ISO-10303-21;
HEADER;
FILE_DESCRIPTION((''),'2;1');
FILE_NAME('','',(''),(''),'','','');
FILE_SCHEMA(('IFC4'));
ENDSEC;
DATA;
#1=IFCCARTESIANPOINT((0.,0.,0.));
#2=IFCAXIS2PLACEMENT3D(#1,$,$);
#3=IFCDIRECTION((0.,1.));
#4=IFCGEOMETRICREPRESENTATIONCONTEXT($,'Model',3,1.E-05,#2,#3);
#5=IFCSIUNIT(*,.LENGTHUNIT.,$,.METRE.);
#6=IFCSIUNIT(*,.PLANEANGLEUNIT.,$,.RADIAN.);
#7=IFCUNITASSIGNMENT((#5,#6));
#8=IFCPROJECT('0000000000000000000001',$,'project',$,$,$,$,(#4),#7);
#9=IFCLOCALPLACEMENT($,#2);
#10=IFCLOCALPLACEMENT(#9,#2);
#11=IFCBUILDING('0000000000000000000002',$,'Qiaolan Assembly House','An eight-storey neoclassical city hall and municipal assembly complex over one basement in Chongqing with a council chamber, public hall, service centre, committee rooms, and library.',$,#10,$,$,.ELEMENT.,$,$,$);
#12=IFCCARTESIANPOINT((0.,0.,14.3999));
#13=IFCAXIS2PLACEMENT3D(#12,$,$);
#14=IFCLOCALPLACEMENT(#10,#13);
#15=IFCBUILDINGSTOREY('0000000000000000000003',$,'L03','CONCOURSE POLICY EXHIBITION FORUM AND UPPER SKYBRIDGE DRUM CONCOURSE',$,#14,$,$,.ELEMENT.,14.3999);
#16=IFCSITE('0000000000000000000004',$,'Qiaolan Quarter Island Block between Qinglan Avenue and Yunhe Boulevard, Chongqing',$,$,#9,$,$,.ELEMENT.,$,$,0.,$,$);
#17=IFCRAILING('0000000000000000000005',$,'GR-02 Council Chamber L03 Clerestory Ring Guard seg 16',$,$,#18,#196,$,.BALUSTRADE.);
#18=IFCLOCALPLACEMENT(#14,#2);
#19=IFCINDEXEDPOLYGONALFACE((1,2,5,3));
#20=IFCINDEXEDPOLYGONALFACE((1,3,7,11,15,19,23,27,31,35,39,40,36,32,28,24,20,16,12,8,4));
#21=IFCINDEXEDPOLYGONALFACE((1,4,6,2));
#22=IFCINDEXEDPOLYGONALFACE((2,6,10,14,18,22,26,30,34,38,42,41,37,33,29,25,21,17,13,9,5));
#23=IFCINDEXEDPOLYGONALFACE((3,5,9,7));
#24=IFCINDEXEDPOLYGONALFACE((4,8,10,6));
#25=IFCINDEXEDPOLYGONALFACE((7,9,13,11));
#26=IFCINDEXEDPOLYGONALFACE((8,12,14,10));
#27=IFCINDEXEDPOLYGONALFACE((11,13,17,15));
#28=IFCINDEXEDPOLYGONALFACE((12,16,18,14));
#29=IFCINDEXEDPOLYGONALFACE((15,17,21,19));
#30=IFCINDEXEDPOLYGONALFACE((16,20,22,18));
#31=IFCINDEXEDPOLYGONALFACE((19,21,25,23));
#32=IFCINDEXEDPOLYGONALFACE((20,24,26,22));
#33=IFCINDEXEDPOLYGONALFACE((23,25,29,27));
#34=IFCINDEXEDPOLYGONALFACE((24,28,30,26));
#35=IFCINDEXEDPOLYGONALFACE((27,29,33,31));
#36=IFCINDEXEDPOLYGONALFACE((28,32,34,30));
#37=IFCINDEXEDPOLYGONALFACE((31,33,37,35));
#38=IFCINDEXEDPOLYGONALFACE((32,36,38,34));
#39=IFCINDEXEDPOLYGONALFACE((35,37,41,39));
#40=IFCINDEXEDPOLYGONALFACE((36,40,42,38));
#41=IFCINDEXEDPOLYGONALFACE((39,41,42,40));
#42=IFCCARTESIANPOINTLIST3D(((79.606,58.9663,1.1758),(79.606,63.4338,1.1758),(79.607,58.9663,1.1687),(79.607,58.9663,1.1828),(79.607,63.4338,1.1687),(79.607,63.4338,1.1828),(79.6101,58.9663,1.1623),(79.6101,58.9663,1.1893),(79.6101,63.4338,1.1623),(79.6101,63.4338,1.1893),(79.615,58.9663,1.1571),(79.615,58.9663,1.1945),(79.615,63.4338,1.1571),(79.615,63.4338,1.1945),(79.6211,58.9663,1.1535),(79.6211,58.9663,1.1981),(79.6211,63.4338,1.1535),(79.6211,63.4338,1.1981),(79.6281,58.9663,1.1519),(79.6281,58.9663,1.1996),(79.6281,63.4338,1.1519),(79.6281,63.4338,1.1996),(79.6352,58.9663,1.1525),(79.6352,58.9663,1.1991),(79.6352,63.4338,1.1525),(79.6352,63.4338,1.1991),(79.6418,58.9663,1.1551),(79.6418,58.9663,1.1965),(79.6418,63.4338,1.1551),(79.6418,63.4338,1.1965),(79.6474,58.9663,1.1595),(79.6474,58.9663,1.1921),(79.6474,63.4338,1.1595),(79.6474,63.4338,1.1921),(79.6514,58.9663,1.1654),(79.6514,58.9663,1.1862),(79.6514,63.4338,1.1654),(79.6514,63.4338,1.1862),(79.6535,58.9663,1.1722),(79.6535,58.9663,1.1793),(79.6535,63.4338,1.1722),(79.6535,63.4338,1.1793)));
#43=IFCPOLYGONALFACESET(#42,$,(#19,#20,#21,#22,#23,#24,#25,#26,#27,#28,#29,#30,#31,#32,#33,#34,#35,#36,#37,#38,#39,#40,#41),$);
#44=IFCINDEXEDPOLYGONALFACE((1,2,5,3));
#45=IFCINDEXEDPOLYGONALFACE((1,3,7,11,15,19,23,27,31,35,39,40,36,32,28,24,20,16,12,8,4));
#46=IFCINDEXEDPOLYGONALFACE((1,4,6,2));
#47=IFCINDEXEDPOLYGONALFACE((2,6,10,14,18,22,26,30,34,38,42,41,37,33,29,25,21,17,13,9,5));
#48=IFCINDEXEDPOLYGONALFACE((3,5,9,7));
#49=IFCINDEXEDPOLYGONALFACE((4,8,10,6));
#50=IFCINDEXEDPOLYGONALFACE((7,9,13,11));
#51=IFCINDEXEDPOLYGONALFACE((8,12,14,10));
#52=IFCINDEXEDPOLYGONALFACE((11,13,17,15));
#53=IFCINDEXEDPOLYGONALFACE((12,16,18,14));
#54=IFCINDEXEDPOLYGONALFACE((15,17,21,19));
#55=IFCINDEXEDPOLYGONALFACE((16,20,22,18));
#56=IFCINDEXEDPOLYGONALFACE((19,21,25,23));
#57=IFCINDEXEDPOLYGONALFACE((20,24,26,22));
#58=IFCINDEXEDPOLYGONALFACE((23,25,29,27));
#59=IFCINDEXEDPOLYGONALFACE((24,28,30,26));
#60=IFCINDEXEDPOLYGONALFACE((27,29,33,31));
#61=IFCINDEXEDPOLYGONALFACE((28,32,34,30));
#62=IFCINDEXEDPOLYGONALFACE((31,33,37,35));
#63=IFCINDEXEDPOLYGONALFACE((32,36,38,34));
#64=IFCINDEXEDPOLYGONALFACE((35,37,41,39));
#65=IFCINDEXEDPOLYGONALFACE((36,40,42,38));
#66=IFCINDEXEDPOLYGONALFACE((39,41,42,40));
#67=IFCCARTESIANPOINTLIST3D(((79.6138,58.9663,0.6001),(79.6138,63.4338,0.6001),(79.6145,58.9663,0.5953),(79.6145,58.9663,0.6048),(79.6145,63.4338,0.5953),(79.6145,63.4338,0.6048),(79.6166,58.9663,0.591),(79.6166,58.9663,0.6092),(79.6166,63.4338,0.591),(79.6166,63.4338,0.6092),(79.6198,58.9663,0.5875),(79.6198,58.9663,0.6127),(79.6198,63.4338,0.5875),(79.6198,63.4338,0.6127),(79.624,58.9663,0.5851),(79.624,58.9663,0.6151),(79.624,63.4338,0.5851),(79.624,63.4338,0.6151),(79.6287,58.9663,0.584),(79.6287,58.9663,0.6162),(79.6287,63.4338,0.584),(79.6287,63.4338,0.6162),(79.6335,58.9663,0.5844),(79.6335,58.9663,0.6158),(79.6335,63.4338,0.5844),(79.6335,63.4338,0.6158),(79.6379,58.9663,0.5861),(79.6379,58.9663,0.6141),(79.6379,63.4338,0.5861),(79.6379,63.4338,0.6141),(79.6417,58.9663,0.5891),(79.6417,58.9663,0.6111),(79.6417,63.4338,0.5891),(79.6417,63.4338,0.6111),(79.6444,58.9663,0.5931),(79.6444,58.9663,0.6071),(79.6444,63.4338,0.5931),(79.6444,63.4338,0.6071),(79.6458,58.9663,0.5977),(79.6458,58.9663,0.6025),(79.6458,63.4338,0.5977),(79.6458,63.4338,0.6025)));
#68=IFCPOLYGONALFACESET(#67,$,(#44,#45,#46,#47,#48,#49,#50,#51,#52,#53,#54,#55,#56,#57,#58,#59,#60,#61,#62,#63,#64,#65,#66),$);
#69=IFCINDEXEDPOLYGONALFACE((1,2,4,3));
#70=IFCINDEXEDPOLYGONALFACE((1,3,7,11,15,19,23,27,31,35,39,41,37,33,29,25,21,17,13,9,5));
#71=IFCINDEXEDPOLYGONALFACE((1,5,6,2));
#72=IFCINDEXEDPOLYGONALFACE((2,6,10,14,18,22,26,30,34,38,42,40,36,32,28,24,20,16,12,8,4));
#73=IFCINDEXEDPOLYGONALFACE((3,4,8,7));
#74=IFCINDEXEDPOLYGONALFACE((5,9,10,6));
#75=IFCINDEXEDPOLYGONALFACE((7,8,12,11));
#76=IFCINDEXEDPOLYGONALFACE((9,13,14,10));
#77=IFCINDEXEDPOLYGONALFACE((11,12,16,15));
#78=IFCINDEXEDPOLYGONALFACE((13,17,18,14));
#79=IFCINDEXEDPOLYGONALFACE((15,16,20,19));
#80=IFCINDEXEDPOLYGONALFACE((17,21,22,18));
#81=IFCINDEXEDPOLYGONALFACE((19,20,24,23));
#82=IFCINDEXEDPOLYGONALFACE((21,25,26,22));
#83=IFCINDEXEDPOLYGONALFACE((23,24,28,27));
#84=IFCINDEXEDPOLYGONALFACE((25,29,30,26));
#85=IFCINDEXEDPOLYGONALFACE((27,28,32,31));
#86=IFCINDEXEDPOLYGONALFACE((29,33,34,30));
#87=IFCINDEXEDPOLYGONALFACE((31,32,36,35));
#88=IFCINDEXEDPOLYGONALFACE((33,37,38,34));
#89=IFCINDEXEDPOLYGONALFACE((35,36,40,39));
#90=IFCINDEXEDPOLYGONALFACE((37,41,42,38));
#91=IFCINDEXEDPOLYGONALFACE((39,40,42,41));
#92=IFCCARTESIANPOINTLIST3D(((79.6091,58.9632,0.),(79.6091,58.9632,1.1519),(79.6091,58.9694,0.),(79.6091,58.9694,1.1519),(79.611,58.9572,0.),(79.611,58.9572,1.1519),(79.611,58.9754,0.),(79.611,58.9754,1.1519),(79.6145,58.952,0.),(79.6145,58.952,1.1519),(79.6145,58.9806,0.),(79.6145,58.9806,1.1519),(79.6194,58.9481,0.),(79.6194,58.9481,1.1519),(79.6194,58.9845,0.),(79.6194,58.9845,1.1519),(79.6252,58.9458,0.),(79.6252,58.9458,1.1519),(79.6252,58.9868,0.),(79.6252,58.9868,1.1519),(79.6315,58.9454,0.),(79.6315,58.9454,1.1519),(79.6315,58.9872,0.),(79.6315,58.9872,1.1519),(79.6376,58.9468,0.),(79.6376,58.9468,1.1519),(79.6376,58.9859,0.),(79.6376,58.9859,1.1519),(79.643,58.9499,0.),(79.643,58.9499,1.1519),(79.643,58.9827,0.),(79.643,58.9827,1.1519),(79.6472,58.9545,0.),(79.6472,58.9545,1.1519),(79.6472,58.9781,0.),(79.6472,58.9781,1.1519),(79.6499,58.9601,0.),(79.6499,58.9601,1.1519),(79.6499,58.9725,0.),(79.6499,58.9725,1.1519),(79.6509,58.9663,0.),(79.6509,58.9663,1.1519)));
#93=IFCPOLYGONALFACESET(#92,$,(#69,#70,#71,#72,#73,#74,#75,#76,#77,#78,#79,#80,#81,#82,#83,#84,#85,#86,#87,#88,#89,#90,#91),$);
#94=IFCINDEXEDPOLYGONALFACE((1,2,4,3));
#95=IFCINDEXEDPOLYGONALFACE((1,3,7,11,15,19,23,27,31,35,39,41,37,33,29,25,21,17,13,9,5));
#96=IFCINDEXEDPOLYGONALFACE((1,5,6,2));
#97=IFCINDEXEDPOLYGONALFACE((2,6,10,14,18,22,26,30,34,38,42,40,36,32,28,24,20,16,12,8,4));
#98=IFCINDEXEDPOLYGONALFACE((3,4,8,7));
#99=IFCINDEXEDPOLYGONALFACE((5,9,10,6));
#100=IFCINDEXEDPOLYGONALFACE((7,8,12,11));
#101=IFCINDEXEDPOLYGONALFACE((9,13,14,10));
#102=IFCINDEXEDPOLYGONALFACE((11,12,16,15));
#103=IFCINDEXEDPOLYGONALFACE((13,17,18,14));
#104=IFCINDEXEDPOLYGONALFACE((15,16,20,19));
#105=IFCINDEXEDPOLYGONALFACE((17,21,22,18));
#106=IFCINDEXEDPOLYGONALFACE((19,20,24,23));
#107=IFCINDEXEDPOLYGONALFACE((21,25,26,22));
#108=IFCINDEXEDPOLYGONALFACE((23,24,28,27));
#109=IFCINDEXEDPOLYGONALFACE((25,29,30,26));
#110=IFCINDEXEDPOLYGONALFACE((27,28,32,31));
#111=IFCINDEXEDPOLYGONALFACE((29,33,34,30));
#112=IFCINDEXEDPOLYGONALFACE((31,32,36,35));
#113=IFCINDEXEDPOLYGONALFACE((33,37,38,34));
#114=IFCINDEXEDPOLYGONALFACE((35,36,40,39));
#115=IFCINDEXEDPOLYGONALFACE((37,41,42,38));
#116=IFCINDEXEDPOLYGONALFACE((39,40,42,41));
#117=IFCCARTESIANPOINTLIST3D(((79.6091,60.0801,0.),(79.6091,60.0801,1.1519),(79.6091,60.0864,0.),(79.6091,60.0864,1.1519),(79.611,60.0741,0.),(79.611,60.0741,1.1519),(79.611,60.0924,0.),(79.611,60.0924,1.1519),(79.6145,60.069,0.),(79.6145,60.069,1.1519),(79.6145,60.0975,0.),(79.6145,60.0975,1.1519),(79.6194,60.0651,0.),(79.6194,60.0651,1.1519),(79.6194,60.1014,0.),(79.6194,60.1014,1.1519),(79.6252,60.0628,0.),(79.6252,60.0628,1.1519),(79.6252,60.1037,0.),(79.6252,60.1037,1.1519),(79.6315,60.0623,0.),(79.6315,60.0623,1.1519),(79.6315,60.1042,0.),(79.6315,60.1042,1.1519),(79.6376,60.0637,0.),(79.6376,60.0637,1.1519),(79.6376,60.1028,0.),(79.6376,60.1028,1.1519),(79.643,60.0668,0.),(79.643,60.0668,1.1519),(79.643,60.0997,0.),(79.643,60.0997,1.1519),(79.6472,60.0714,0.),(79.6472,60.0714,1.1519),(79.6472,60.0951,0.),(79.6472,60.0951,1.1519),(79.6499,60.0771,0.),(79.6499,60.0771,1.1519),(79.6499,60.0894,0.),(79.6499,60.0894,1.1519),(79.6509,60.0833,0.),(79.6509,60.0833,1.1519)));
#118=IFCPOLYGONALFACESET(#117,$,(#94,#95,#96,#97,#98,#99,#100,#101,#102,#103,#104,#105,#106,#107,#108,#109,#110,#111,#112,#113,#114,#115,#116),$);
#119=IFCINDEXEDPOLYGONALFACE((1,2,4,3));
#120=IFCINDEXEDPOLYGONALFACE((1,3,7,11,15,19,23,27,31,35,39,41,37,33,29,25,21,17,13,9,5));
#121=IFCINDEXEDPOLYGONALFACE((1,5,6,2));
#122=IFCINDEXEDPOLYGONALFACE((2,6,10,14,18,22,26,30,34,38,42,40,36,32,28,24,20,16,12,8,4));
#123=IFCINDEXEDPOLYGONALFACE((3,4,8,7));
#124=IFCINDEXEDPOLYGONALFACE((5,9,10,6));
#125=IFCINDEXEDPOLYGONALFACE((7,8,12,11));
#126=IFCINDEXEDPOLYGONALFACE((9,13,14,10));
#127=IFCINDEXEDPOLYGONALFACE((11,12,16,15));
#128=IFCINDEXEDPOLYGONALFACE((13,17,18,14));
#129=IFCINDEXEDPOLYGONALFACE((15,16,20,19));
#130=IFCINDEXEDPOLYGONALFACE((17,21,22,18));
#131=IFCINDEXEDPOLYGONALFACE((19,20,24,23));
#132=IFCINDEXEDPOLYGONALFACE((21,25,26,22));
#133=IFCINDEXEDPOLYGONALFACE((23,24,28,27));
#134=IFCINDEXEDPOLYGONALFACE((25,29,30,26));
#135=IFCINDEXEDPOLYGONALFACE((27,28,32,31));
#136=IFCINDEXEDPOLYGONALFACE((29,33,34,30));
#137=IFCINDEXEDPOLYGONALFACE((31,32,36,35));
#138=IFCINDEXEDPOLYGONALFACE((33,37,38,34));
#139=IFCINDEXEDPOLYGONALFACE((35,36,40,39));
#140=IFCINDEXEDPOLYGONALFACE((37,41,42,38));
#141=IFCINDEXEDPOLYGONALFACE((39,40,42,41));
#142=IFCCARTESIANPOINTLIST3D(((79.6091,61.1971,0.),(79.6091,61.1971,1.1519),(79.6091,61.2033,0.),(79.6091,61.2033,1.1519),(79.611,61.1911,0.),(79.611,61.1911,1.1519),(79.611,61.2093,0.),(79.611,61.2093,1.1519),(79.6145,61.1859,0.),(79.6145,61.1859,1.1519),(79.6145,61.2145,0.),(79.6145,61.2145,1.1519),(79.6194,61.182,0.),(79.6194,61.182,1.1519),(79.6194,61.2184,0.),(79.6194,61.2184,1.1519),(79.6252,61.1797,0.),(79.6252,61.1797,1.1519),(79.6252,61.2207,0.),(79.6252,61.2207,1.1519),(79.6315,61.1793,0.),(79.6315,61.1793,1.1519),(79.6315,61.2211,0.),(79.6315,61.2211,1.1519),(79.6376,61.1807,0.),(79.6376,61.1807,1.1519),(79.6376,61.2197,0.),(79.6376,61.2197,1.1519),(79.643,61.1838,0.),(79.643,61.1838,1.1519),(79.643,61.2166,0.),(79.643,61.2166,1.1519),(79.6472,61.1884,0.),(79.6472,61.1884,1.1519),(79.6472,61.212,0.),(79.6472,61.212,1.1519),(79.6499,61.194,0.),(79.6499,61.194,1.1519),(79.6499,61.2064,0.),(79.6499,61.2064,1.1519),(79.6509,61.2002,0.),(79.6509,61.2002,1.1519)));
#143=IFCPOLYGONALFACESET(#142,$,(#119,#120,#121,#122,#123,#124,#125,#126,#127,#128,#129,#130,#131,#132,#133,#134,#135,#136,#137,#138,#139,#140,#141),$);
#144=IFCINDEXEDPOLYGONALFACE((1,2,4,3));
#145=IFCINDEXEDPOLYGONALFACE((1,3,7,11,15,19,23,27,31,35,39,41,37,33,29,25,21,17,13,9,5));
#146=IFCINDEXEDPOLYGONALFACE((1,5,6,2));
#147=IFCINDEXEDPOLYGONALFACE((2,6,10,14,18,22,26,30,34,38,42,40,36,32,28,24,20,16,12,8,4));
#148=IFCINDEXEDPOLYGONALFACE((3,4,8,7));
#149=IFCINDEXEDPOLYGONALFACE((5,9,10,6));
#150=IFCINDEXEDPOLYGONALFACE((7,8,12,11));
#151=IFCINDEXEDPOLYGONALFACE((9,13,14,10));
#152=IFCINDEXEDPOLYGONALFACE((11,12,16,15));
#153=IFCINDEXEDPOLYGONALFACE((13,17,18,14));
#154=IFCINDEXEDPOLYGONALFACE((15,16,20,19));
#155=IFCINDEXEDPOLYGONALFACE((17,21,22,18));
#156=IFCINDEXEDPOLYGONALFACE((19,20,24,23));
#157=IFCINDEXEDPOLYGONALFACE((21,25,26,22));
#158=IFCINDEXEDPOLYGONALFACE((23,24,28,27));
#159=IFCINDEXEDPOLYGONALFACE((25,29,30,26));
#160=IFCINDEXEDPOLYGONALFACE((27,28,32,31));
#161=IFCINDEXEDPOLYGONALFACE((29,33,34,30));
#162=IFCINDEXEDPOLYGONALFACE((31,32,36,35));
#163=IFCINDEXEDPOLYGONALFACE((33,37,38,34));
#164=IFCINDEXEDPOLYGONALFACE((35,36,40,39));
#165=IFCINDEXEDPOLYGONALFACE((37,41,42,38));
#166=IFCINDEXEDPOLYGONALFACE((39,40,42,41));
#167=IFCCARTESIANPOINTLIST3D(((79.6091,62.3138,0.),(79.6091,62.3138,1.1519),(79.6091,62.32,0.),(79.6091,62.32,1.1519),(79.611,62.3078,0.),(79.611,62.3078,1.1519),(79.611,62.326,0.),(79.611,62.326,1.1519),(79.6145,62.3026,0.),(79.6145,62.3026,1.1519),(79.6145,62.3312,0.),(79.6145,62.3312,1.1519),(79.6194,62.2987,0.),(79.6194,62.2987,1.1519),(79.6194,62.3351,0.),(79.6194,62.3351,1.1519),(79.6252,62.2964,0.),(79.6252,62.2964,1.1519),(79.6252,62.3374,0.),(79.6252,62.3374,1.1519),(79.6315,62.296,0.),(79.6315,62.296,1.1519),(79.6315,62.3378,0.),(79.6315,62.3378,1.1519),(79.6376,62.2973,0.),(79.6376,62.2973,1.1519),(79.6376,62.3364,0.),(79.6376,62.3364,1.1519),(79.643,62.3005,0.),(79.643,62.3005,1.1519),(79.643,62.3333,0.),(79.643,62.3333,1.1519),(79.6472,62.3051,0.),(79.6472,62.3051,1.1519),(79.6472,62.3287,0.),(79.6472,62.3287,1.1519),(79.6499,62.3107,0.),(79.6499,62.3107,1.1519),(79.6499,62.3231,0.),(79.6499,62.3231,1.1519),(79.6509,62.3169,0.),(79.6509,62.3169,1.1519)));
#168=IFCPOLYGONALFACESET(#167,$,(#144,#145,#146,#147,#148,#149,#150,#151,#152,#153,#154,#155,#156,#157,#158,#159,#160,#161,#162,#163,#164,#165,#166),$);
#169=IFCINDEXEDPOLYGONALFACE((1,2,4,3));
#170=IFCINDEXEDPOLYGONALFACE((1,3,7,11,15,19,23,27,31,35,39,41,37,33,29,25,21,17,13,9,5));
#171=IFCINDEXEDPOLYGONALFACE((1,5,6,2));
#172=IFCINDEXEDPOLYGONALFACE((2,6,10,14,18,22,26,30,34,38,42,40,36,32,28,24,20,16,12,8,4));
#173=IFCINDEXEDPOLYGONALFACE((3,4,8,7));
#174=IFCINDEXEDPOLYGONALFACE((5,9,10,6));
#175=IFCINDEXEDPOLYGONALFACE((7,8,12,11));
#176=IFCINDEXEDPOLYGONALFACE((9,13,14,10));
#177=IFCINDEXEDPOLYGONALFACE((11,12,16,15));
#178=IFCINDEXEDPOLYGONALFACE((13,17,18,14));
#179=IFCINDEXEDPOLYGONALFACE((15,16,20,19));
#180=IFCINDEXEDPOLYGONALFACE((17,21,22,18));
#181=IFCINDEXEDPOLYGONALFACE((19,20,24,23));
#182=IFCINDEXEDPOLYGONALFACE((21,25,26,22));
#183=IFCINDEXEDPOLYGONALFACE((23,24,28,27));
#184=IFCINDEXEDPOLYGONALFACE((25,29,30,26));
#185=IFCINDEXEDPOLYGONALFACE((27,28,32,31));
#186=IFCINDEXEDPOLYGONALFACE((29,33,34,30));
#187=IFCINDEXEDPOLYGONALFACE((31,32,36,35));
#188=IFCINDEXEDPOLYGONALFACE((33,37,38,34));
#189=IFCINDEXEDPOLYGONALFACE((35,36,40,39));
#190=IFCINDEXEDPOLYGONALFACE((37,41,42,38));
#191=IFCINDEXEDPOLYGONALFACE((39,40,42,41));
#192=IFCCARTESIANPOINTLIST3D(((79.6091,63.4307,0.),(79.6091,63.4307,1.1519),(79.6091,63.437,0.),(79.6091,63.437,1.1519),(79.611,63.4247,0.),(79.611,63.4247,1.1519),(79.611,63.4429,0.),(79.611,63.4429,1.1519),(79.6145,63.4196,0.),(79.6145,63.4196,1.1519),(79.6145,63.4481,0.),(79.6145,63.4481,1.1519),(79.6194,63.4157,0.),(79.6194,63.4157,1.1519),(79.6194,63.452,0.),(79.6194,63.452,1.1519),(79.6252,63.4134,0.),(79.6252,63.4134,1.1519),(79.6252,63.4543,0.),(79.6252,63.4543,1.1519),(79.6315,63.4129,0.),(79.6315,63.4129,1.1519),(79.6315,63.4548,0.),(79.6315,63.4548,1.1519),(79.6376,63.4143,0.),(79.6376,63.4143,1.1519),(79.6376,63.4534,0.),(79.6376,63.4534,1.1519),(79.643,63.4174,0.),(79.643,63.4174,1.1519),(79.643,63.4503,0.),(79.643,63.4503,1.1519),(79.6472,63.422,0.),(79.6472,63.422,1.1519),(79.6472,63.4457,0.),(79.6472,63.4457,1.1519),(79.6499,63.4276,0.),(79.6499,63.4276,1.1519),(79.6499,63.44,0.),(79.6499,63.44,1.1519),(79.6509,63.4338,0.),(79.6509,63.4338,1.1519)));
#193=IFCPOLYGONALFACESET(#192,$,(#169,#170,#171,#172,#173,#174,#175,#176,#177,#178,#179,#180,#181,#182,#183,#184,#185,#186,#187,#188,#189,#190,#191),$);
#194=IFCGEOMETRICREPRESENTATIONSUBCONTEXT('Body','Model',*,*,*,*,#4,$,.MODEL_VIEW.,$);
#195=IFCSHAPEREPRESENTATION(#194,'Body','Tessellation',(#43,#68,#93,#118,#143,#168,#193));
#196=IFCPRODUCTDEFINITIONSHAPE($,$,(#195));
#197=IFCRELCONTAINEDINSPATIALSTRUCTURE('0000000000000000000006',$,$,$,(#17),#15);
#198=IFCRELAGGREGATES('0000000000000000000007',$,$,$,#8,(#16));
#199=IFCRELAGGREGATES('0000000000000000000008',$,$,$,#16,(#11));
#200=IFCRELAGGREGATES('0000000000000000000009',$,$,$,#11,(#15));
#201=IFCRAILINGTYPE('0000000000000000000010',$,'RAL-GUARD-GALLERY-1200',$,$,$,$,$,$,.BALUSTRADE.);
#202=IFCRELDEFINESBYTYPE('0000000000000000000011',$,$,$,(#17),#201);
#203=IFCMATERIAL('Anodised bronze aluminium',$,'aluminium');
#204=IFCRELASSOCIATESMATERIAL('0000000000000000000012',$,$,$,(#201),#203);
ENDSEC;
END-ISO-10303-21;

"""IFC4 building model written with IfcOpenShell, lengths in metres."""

from ifc_helpers import new_model, si_unit, direction, frame, origin, origin_2d, place, context, subcontext, project, spatial, circle, extrude, material, type_object, element, save


model = new_model("IFC4")

# Units and contexts
model_context = context("Model", 3, precision=1e-05, world=origin(), true_north=direction((0.0, 1.0)))
body_context = subcontext(model_context, "Body", "Model", "MODEL_VIEW")
ifc_project = project(units=[si_unit("LENGTHUNIT", "METRE"), si_unit("PLANEANGLEUNIT", "RADIAN")], contexts=[model_context])

# Site, building, storey
site_placement = place(None, origin())
site = spatial("IfcSite", under=ifc_project, at=site_placement, Name="Qiaolan Quarter Island Block between Qinglan Avenue and Yunhe Boulevard, Chongqing", CompositionType="ELEMENT", RefElevation=0.0)
building_placement = place(site_placement, origin())
building = spatial("IfcBuilding", under=site, at=building_placement, Name="Qiaolan Assembly House", Description="An eight-storey neoclassical city hall and municipal assembly complex over one basement in Chongqing with a council chamber, public hall, service centre, committee rooms, and library.", CompositionType="ELEMENT")
storey_placement = place(building_placement, frame((0.0, 0.0, 14.3999)))
storey = spatial("IfcBuildingStorey", under=building, at=storey_placement, Name="L03", Description="CONCOURSE POLICY EXHIBITION FORUM AND UPPER SKYBRIDGE DRUM CONCOURSE", CompositionType="ELEMENT", Elevation=14.3999)

# Shared definitions
ifc_material_1 = material(Name="Anodised bronze aluminium", Category="aluminium")

# Railing
railing_type = type_object("IfcRailingType", Name="RAL-GUARD-GALLERY-1200", PredefinedType="BALUSTRADE", material=ifc_material_1)
railing_1_placement = place(storey_placement, frame((79.6299, 58.9663, 0.0)))
element("IfcRailing", 1, at=railing_1_placement, inside=storey, type_object=railing_type, Name="GR-02 Council Chamber L03 Clerestory Ring Guard seg 16", PredefinedType="BALUSTRADE", context=body_context, shape_type="SweptSolid", body=[
    extrude(circle(Radius=0.0239, at=origin_2d()), frame((0.0, 0.0, 1.1758), z_axis=(0.0, 1.0, 0.0), x_axis=(-1.0, 0.0, 0.0)), (0.0, 0.0, 1.0), 4.4675),
    extrude(circle(Radius=0.0161, at=origin_2d()), frame((0.0, 0.0, 0.6001), z_axis=(0.0, 1.0, 0.0), x_axis=(-1.0, 0.0, 0.0)), (0.0, 0.0, 1.0), 4.4675),
    extrude(circle(Radius=0.021, at=origin_2d()), origin(), (0.0, 0.0, 1.0), 1.1519),
    extrude(circle(Radius=0.021, at=origin_2d()), frame((0.0, 1.1169, 0.0)), (0.0, 0.0, 1.0), 1.1519),
    extrude(circle(Radius=0.021, at=origin_2d()), frame((0.0, 2.2339, 0.0)), (0.0, 0.0, 1.0), 1.1519),
    extrude(circle(Radius=0.021, at=origin_2d()), frame((0.0, 3.3506, 0.0)), (0.0, 0.0, 1.0), 1.1519),
    extrude(circle(Radius=0.021, at=origin_2d()), frame((0.0, 4.4675, 0.0)), (0.0, 0.0, 1.0), 1.1519),
])

save(model, "model.ifc")
